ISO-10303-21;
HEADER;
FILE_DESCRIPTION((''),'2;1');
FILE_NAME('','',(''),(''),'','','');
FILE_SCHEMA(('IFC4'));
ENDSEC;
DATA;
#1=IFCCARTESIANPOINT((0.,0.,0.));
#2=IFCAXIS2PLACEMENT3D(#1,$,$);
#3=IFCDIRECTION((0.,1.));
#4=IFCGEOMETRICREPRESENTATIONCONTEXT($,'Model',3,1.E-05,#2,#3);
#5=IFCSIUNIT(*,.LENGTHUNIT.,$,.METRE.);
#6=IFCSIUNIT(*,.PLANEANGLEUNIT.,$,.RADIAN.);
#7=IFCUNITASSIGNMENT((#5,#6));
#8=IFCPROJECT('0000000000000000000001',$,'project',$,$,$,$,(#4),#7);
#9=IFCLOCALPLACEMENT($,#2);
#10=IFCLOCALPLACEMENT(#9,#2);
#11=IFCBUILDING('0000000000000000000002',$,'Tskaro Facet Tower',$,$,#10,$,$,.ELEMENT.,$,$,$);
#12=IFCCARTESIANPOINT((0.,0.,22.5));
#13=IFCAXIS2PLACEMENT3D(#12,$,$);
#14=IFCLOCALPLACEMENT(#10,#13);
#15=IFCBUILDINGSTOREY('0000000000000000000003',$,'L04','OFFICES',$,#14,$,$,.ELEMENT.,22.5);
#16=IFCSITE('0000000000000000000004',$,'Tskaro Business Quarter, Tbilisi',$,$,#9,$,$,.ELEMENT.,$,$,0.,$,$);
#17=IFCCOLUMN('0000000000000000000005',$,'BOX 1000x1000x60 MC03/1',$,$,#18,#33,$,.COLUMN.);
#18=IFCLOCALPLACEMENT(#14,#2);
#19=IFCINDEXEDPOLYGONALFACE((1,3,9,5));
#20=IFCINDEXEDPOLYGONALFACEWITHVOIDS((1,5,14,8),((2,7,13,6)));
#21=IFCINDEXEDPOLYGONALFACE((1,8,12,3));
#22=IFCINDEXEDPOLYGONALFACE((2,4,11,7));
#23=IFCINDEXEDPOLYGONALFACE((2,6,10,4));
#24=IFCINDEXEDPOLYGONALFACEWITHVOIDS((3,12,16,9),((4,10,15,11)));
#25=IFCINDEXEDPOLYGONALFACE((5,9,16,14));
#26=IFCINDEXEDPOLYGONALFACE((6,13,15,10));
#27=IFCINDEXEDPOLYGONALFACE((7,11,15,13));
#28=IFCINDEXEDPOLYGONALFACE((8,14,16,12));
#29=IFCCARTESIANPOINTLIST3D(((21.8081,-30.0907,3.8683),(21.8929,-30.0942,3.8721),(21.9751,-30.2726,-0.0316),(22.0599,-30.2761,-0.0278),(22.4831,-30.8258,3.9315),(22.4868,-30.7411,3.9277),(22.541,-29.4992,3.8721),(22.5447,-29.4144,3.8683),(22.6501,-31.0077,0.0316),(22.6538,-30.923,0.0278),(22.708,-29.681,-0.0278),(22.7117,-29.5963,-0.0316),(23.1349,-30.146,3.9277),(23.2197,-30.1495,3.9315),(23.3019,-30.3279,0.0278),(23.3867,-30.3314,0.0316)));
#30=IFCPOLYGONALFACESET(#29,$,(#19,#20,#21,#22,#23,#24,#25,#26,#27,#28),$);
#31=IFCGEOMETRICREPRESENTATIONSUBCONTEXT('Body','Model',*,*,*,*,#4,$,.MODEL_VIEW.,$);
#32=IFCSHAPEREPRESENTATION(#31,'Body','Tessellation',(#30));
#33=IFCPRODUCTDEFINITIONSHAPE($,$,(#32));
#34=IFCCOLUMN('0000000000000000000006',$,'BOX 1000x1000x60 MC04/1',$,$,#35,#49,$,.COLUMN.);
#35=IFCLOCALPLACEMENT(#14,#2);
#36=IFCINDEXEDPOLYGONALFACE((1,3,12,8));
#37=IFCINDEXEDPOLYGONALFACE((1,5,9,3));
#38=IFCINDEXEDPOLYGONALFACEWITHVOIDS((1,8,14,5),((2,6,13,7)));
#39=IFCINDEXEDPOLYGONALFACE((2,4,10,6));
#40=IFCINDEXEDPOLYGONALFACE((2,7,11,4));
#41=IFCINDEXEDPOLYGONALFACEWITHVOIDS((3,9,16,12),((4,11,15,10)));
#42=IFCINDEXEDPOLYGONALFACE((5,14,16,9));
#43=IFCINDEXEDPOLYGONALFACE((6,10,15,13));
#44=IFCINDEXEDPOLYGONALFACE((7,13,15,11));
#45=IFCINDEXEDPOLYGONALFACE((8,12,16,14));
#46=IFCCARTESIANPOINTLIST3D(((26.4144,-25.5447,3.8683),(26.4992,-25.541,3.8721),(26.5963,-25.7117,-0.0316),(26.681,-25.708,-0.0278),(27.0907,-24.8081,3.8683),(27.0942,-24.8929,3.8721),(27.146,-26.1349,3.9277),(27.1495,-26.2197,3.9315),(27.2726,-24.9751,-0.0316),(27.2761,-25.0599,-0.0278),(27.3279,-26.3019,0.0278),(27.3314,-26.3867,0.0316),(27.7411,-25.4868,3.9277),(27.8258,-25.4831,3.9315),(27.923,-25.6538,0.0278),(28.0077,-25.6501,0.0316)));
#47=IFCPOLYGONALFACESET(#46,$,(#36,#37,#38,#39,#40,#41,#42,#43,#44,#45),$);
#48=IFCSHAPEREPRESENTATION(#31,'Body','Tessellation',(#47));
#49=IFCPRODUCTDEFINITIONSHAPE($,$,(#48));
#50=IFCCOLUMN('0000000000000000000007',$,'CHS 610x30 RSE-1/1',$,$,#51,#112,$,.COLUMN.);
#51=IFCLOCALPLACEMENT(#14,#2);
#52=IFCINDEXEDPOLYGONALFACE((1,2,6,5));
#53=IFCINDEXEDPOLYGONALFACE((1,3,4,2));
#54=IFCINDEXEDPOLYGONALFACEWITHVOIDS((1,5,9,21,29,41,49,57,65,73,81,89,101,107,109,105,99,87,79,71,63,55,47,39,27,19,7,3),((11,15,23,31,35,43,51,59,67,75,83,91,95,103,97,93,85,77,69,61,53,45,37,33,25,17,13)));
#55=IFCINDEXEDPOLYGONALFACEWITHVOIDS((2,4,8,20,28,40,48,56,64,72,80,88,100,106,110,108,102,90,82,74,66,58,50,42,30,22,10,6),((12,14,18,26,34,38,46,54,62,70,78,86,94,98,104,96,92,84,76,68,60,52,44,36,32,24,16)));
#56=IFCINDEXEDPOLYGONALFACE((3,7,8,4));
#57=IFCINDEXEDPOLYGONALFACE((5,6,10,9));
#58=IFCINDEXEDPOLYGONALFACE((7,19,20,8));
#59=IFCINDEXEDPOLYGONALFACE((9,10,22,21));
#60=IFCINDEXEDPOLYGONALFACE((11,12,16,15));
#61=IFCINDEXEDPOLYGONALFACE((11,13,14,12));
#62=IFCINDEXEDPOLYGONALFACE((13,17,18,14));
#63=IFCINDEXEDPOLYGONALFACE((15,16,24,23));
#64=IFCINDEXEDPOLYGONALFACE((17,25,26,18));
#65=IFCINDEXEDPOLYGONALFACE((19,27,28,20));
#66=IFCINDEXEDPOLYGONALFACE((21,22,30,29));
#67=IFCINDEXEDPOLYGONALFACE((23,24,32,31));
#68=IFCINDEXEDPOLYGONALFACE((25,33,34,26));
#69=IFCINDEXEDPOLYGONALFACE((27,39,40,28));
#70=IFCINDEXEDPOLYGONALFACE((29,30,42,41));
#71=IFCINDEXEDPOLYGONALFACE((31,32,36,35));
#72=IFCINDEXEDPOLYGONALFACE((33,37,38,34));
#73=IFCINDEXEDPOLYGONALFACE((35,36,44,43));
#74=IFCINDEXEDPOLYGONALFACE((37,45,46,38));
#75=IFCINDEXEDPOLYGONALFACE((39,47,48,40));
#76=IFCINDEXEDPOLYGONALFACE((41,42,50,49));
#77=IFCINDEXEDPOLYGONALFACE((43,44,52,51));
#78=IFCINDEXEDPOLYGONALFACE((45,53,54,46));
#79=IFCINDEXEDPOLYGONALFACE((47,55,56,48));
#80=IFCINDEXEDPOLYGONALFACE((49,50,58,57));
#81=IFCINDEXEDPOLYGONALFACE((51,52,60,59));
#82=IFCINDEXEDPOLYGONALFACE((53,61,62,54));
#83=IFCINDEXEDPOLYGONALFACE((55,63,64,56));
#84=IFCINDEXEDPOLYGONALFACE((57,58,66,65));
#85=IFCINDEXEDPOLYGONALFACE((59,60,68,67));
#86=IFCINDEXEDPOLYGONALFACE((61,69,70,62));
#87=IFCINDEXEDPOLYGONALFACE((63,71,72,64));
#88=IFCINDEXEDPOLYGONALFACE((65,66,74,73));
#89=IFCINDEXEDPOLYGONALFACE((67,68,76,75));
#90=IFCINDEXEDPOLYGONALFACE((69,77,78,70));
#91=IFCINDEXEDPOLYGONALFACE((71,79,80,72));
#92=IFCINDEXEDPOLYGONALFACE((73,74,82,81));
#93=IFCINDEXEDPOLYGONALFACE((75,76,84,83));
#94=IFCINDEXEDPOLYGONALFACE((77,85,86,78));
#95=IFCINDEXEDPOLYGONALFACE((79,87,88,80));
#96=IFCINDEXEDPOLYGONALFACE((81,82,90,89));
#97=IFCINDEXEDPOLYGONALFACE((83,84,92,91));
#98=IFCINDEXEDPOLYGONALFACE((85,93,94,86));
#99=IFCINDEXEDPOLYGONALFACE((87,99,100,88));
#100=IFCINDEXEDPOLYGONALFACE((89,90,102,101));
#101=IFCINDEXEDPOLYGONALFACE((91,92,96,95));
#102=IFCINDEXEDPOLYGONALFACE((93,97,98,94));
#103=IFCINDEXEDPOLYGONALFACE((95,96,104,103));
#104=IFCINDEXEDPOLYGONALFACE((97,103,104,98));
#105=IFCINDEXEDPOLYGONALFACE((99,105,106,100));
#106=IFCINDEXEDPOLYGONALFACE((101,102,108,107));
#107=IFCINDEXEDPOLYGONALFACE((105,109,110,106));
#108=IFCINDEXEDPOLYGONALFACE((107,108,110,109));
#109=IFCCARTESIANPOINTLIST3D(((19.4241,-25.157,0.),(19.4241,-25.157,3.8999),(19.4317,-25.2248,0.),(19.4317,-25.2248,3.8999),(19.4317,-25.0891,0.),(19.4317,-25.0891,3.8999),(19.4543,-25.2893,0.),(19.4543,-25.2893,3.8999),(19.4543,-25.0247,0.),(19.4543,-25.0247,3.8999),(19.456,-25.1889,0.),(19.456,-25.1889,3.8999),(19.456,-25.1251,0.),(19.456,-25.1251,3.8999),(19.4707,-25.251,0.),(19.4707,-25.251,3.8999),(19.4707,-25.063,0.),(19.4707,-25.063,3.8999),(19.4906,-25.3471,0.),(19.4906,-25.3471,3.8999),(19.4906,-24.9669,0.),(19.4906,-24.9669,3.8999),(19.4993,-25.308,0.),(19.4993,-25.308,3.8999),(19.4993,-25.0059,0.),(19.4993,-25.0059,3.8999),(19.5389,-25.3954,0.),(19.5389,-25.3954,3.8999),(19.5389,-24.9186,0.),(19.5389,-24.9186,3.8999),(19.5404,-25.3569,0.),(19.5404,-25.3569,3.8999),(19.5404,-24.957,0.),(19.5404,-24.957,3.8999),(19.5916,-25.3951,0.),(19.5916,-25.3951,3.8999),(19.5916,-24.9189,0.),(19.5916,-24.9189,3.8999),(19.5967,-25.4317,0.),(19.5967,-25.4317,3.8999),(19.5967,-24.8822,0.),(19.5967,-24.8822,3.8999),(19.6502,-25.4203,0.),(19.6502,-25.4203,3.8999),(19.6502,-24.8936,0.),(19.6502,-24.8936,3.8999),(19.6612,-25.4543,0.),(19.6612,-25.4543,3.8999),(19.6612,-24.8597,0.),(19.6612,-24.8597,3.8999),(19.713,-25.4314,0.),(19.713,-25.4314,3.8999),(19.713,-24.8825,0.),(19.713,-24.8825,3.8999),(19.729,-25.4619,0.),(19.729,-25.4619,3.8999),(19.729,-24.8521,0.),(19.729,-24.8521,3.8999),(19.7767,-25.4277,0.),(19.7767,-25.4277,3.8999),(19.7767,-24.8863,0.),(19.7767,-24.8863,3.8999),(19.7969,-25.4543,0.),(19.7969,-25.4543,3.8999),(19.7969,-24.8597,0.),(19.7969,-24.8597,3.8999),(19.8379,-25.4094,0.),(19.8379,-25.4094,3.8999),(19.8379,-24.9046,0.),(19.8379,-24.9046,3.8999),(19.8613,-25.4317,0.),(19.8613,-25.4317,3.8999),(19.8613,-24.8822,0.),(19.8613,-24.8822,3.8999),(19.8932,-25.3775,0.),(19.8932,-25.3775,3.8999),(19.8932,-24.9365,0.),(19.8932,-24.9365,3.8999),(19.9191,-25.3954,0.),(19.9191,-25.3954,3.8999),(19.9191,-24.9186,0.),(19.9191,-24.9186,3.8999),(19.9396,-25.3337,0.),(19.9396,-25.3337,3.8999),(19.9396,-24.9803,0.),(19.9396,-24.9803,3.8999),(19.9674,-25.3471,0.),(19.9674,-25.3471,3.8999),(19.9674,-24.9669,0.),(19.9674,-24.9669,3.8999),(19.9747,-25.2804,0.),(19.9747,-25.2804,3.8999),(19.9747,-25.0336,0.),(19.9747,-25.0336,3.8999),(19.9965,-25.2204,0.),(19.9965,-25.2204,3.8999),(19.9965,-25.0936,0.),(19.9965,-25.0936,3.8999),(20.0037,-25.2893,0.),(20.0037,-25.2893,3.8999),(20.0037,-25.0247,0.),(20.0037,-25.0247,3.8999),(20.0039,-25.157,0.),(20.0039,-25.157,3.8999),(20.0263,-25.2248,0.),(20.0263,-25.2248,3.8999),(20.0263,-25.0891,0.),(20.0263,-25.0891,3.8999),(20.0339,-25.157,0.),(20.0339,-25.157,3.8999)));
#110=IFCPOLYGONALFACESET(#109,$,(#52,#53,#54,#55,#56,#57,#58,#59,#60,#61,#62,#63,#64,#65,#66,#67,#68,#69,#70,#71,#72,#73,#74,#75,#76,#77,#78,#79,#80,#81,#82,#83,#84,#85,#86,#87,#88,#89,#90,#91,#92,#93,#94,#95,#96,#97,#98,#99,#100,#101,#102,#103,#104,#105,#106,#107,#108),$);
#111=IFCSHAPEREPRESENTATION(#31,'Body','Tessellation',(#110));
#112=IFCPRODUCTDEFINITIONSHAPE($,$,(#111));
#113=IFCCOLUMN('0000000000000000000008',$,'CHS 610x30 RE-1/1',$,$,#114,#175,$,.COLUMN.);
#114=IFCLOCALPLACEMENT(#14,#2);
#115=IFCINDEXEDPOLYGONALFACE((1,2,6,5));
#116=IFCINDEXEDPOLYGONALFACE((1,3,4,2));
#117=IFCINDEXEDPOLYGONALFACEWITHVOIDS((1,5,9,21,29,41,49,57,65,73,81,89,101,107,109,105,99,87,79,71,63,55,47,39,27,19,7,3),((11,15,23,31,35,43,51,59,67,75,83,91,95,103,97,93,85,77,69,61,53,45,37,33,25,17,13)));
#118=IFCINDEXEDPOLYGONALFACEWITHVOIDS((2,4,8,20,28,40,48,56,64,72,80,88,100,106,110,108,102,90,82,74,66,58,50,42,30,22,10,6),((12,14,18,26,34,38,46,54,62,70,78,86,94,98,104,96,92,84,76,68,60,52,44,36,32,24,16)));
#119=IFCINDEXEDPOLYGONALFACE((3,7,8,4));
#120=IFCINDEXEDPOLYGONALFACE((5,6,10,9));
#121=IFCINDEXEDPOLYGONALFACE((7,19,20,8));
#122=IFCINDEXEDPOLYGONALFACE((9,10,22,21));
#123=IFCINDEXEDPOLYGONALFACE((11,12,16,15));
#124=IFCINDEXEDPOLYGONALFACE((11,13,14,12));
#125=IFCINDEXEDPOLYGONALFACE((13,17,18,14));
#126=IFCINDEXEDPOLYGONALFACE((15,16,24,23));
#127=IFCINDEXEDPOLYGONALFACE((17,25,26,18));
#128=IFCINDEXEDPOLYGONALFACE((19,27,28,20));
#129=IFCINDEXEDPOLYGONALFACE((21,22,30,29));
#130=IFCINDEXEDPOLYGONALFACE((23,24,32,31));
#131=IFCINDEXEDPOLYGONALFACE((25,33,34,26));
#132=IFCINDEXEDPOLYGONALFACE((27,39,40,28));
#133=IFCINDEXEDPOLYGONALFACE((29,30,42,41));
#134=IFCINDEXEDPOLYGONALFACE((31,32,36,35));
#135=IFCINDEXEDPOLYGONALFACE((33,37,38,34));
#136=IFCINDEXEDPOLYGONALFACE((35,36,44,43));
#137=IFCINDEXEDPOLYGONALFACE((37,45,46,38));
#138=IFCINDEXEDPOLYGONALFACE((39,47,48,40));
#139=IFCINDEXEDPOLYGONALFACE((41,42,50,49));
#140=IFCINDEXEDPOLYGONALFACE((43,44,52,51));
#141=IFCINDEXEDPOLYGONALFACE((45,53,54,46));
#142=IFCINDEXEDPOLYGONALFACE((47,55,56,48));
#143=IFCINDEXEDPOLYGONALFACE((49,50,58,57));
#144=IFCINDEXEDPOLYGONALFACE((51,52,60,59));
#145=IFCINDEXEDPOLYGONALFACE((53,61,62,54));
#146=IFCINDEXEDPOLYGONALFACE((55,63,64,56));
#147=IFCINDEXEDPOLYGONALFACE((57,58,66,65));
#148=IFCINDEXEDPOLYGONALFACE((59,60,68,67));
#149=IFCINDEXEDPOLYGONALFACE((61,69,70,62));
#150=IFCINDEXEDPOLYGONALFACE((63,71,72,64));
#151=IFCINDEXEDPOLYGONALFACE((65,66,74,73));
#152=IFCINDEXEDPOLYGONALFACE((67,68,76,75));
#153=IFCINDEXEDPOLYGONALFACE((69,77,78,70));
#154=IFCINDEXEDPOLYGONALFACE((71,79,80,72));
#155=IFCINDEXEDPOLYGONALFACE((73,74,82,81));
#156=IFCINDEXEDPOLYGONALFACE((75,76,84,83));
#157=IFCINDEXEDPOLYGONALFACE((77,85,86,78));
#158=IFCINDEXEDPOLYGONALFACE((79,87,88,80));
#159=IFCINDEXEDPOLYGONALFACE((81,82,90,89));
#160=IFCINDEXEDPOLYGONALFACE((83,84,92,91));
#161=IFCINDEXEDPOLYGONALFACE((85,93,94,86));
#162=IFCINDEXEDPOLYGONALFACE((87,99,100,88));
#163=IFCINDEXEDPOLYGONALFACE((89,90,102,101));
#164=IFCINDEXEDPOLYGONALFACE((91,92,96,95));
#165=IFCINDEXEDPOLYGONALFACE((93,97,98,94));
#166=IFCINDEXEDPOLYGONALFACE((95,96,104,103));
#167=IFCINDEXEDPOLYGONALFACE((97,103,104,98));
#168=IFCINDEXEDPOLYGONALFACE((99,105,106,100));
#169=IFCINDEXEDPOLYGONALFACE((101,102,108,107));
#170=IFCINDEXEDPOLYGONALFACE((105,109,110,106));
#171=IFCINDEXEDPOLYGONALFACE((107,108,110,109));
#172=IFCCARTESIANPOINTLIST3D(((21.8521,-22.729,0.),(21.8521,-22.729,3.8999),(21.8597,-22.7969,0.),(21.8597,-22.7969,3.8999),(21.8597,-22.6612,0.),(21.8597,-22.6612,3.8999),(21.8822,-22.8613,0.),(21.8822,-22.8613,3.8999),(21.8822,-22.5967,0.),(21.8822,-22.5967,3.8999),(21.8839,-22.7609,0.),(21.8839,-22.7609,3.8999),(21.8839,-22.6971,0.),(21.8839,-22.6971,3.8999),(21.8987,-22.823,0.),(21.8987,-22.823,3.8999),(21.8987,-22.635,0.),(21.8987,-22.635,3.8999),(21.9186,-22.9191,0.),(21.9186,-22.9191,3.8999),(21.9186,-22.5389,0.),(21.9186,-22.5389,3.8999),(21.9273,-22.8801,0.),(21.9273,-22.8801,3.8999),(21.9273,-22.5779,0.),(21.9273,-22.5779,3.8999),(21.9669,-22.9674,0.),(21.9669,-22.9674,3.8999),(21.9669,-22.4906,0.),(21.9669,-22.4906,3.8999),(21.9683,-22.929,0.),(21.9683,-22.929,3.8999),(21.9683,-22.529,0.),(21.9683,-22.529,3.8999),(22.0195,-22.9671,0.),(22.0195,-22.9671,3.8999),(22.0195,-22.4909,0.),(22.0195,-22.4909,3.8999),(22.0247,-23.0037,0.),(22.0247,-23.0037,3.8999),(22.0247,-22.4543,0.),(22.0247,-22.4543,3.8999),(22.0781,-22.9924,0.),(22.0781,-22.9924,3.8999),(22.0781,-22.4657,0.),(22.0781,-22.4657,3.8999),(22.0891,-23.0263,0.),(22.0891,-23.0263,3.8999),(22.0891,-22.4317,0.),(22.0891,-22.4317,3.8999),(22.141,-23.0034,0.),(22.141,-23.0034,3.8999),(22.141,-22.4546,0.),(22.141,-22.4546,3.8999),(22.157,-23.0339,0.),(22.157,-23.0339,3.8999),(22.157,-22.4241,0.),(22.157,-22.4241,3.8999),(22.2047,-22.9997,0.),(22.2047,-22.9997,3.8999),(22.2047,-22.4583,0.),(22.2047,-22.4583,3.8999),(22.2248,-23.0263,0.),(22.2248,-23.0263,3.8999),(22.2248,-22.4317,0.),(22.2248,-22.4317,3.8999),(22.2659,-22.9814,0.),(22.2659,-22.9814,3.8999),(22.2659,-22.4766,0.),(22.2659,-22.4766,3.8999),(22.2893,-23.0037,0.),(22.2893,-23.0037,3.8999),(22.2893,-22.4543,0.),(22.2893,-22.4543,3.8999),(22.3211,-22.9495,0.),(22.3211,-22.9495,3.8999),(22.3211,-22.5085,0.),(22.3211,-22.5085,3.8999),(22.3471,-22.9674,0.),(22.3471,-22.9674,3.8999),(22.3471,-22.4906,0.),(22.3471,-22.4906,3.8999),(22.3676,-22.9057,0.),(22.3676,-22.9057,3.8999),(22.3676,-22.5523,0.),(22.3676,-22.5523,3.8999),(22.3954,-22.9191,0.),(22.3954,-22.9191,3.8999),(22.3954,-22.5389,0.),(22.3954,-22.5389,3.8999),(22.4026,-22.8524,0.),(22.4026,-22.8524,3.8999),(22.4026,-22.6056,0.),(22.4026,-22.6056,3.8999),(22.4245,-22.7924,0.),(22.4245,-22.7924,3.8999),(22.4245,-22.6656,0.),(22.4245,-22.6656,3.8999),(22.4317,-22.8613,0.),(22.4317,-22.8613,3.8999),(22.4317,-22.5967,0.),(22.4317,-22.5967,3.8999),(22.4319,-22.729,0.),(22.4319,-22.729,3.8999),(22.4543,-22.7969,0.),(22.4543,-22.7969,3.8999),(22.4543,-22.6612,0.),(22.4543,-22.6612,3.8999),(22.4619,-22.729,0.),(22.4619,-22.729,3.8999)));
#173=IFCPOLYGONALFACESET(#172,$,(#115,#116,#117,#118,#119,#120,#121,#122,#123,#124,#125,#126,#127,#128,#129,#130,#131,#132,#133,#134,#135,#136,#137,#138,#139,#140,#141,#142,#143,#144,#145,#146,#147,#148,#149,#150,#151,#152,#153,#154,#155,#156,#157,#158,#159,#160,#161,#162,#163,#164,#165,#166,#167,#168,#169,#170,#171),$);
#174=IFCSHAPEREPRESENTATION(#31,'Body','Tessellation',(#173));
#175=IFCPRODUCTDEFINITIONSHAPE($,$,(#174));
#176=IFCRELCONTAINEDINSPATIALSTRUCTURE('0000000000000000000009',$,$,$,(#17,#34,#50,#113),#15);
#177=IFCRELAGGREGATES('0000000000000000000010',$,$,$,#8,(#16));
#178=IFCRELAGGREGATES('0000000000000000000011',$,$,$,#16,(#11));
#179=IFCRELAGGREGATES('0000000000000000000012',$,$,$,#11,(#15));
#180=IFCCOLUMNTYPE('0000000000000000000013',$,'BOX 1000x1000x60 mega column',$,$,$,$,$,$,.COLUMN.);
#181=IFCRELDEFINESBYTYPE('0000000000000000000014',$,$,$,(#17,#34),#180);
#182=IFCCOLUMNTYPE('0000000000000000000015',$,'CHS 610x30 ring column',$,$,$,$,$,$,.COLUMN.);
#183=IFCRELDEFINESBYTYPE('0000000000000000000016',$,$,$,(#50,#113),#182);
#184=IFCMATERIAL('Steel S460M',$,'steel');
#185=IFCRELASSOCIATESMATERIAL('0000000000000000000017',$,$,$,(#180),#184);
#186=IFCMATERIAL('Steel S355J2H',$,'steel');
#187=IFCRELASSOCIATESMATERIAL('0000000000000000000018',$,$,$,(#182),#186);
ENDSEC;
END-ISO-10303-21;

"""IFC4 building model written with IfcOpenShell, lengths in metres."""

from ifc_helpers import new_model, si_unit, direction, frame, origin, origin_2d, place, context, subcontext, project, spatial, hollow_rectangle, hollow_circle, extrude, material, material_profile, profile_set, type_object, element, save


model = new_model("IFC4")

# Units and contexts
model_context = context("Model", 3, precision=1e-05, world=origin(), true_north=direction((0.0, 1.0)))
body_context = subcontext(model_context, "Body", "Model", "MODEL_VIEW")
ifc_project = project(units=[si_unit("LENGTHUNIT", "METRE"), si_unit("PLANEANGLEUNIT", "RADIAN")], contexts=[model_context])

# Site, building, storey
site_placement = place(None, origin())
site = spatial("IfcSite", under=ifc_project, at=site_placement, Name="Tskaro Business Quarter, Tbilisi", CompositionType="ELEMENT", RefElevation=0.0)
building_placement = place(site_placement, origin())
building = spatial("IfcBuilding", under=site, at=building_placement, Name="Tskaro Facet Tower", CompositionType="ELEMENT")
storey_placement = place(building_placement, frame((0.0, 0.0, 22.5)))
storey = spatial("IfcBuildingStorey", under=building, at=storey_placement, Name="L04", Description="OFFICES", CompositionType="ELEMENT", Elevation=22.5)

# Columns
ifc_material_1 = material(Name="Steel S460M", Category="steel")
ifc_material_profile_1 = material_profile(ifc_material_1, hollow_rectangle(XDim=1.0, YDim=1.0, WallThickness=0.0601, at=origin_2d()), Name="BOX 1000x1000x60")
ifc_profile_set_1 = profile_set([ifc_material_profile_1], Name="Steel S460M")
column_type_1 = type_object("IfcColumnType", Name="BOX 1000x1000x60 mega column", PredefinedType="COLUMN", material=ifc_profile_set_1)
for number, where, z_axis, x_axis, name in (
    (1, (22.6809, -30.302, 0.0), (-0.042734, 0.046545, 0.998002), (-0.73662, -0.676306, 0.0), "BOX 1000x1000x60 MC03/1"),
    (2, (27.302, -25.6809, 0.0), (-0.046545, 0.042734, 0.998002), (-0.676306, -0.73662, 0.0), "BOX 1000x1000x60 MC04/1"),
):
    element("IfcColumn", number, at=place(storey_placement, frame(where, z_axis=z_axis, x_axis=x_axis)), inside=storey, type_object=column_type_1, Name=name, PredefinedType="COLUMN", context=body_context, shape_type="SweptSolid", body=[
        extrude(hollow_rectangle(XDim=1.0, YDim=1.0, WallThickness=0.0601, at=origin_2d()), origin(), (0.0, 0.0, 1.0), 3.9077),
    ])
ifc_material_2 = material(Name="Steel S355J2H", Category="steel")
ifc_material_profile_2 = material_profile(ifc_material_2, hollow_circle(Radius=0.3049, WallThickness=0.03, at=origin_2d()), Name="CHS 610x30")
ifc_profile_set_2 = profile_set([ifc_material_profile_2], Name="Steel S355J2H")
column_type_2 = type_object("IfcColumnType", Name="CHS 610x30 ring column", PredefinedType="COLUMN", material=ifc_profile_set_2)
for number, where, z_axis, x_axis, name in (
    (3, (19.729, -25.157, 0.0), (0.0, 0.0, 1.0), (1.0, 0.0, 0.0), "CHS 610x30 RSE-1/1"),
    (4, (22.157, -22.729, 0.0), (0.0, 0.0, 1.0), (1.0, 0.0, 0.0), "CHS 610x30 RE-1/1"),
):
    element("IfcColumn", number, at=place(storey_placement, frame(where, z_axis=z_axis, x_axis=x_axis)), inside=storey, type_object=column_type_2, Name=name, PredefinedType="COLUMN", context=body_context, shape_type="SweptSolid", body=[
        extrude(hollow_circle(Radius=0.3049, WallThickness=0.03, at=origin_2d()), origin(), (0.0, 0.0, 1.0), 3.8999),
    ])

save(model, "model.ifc")
